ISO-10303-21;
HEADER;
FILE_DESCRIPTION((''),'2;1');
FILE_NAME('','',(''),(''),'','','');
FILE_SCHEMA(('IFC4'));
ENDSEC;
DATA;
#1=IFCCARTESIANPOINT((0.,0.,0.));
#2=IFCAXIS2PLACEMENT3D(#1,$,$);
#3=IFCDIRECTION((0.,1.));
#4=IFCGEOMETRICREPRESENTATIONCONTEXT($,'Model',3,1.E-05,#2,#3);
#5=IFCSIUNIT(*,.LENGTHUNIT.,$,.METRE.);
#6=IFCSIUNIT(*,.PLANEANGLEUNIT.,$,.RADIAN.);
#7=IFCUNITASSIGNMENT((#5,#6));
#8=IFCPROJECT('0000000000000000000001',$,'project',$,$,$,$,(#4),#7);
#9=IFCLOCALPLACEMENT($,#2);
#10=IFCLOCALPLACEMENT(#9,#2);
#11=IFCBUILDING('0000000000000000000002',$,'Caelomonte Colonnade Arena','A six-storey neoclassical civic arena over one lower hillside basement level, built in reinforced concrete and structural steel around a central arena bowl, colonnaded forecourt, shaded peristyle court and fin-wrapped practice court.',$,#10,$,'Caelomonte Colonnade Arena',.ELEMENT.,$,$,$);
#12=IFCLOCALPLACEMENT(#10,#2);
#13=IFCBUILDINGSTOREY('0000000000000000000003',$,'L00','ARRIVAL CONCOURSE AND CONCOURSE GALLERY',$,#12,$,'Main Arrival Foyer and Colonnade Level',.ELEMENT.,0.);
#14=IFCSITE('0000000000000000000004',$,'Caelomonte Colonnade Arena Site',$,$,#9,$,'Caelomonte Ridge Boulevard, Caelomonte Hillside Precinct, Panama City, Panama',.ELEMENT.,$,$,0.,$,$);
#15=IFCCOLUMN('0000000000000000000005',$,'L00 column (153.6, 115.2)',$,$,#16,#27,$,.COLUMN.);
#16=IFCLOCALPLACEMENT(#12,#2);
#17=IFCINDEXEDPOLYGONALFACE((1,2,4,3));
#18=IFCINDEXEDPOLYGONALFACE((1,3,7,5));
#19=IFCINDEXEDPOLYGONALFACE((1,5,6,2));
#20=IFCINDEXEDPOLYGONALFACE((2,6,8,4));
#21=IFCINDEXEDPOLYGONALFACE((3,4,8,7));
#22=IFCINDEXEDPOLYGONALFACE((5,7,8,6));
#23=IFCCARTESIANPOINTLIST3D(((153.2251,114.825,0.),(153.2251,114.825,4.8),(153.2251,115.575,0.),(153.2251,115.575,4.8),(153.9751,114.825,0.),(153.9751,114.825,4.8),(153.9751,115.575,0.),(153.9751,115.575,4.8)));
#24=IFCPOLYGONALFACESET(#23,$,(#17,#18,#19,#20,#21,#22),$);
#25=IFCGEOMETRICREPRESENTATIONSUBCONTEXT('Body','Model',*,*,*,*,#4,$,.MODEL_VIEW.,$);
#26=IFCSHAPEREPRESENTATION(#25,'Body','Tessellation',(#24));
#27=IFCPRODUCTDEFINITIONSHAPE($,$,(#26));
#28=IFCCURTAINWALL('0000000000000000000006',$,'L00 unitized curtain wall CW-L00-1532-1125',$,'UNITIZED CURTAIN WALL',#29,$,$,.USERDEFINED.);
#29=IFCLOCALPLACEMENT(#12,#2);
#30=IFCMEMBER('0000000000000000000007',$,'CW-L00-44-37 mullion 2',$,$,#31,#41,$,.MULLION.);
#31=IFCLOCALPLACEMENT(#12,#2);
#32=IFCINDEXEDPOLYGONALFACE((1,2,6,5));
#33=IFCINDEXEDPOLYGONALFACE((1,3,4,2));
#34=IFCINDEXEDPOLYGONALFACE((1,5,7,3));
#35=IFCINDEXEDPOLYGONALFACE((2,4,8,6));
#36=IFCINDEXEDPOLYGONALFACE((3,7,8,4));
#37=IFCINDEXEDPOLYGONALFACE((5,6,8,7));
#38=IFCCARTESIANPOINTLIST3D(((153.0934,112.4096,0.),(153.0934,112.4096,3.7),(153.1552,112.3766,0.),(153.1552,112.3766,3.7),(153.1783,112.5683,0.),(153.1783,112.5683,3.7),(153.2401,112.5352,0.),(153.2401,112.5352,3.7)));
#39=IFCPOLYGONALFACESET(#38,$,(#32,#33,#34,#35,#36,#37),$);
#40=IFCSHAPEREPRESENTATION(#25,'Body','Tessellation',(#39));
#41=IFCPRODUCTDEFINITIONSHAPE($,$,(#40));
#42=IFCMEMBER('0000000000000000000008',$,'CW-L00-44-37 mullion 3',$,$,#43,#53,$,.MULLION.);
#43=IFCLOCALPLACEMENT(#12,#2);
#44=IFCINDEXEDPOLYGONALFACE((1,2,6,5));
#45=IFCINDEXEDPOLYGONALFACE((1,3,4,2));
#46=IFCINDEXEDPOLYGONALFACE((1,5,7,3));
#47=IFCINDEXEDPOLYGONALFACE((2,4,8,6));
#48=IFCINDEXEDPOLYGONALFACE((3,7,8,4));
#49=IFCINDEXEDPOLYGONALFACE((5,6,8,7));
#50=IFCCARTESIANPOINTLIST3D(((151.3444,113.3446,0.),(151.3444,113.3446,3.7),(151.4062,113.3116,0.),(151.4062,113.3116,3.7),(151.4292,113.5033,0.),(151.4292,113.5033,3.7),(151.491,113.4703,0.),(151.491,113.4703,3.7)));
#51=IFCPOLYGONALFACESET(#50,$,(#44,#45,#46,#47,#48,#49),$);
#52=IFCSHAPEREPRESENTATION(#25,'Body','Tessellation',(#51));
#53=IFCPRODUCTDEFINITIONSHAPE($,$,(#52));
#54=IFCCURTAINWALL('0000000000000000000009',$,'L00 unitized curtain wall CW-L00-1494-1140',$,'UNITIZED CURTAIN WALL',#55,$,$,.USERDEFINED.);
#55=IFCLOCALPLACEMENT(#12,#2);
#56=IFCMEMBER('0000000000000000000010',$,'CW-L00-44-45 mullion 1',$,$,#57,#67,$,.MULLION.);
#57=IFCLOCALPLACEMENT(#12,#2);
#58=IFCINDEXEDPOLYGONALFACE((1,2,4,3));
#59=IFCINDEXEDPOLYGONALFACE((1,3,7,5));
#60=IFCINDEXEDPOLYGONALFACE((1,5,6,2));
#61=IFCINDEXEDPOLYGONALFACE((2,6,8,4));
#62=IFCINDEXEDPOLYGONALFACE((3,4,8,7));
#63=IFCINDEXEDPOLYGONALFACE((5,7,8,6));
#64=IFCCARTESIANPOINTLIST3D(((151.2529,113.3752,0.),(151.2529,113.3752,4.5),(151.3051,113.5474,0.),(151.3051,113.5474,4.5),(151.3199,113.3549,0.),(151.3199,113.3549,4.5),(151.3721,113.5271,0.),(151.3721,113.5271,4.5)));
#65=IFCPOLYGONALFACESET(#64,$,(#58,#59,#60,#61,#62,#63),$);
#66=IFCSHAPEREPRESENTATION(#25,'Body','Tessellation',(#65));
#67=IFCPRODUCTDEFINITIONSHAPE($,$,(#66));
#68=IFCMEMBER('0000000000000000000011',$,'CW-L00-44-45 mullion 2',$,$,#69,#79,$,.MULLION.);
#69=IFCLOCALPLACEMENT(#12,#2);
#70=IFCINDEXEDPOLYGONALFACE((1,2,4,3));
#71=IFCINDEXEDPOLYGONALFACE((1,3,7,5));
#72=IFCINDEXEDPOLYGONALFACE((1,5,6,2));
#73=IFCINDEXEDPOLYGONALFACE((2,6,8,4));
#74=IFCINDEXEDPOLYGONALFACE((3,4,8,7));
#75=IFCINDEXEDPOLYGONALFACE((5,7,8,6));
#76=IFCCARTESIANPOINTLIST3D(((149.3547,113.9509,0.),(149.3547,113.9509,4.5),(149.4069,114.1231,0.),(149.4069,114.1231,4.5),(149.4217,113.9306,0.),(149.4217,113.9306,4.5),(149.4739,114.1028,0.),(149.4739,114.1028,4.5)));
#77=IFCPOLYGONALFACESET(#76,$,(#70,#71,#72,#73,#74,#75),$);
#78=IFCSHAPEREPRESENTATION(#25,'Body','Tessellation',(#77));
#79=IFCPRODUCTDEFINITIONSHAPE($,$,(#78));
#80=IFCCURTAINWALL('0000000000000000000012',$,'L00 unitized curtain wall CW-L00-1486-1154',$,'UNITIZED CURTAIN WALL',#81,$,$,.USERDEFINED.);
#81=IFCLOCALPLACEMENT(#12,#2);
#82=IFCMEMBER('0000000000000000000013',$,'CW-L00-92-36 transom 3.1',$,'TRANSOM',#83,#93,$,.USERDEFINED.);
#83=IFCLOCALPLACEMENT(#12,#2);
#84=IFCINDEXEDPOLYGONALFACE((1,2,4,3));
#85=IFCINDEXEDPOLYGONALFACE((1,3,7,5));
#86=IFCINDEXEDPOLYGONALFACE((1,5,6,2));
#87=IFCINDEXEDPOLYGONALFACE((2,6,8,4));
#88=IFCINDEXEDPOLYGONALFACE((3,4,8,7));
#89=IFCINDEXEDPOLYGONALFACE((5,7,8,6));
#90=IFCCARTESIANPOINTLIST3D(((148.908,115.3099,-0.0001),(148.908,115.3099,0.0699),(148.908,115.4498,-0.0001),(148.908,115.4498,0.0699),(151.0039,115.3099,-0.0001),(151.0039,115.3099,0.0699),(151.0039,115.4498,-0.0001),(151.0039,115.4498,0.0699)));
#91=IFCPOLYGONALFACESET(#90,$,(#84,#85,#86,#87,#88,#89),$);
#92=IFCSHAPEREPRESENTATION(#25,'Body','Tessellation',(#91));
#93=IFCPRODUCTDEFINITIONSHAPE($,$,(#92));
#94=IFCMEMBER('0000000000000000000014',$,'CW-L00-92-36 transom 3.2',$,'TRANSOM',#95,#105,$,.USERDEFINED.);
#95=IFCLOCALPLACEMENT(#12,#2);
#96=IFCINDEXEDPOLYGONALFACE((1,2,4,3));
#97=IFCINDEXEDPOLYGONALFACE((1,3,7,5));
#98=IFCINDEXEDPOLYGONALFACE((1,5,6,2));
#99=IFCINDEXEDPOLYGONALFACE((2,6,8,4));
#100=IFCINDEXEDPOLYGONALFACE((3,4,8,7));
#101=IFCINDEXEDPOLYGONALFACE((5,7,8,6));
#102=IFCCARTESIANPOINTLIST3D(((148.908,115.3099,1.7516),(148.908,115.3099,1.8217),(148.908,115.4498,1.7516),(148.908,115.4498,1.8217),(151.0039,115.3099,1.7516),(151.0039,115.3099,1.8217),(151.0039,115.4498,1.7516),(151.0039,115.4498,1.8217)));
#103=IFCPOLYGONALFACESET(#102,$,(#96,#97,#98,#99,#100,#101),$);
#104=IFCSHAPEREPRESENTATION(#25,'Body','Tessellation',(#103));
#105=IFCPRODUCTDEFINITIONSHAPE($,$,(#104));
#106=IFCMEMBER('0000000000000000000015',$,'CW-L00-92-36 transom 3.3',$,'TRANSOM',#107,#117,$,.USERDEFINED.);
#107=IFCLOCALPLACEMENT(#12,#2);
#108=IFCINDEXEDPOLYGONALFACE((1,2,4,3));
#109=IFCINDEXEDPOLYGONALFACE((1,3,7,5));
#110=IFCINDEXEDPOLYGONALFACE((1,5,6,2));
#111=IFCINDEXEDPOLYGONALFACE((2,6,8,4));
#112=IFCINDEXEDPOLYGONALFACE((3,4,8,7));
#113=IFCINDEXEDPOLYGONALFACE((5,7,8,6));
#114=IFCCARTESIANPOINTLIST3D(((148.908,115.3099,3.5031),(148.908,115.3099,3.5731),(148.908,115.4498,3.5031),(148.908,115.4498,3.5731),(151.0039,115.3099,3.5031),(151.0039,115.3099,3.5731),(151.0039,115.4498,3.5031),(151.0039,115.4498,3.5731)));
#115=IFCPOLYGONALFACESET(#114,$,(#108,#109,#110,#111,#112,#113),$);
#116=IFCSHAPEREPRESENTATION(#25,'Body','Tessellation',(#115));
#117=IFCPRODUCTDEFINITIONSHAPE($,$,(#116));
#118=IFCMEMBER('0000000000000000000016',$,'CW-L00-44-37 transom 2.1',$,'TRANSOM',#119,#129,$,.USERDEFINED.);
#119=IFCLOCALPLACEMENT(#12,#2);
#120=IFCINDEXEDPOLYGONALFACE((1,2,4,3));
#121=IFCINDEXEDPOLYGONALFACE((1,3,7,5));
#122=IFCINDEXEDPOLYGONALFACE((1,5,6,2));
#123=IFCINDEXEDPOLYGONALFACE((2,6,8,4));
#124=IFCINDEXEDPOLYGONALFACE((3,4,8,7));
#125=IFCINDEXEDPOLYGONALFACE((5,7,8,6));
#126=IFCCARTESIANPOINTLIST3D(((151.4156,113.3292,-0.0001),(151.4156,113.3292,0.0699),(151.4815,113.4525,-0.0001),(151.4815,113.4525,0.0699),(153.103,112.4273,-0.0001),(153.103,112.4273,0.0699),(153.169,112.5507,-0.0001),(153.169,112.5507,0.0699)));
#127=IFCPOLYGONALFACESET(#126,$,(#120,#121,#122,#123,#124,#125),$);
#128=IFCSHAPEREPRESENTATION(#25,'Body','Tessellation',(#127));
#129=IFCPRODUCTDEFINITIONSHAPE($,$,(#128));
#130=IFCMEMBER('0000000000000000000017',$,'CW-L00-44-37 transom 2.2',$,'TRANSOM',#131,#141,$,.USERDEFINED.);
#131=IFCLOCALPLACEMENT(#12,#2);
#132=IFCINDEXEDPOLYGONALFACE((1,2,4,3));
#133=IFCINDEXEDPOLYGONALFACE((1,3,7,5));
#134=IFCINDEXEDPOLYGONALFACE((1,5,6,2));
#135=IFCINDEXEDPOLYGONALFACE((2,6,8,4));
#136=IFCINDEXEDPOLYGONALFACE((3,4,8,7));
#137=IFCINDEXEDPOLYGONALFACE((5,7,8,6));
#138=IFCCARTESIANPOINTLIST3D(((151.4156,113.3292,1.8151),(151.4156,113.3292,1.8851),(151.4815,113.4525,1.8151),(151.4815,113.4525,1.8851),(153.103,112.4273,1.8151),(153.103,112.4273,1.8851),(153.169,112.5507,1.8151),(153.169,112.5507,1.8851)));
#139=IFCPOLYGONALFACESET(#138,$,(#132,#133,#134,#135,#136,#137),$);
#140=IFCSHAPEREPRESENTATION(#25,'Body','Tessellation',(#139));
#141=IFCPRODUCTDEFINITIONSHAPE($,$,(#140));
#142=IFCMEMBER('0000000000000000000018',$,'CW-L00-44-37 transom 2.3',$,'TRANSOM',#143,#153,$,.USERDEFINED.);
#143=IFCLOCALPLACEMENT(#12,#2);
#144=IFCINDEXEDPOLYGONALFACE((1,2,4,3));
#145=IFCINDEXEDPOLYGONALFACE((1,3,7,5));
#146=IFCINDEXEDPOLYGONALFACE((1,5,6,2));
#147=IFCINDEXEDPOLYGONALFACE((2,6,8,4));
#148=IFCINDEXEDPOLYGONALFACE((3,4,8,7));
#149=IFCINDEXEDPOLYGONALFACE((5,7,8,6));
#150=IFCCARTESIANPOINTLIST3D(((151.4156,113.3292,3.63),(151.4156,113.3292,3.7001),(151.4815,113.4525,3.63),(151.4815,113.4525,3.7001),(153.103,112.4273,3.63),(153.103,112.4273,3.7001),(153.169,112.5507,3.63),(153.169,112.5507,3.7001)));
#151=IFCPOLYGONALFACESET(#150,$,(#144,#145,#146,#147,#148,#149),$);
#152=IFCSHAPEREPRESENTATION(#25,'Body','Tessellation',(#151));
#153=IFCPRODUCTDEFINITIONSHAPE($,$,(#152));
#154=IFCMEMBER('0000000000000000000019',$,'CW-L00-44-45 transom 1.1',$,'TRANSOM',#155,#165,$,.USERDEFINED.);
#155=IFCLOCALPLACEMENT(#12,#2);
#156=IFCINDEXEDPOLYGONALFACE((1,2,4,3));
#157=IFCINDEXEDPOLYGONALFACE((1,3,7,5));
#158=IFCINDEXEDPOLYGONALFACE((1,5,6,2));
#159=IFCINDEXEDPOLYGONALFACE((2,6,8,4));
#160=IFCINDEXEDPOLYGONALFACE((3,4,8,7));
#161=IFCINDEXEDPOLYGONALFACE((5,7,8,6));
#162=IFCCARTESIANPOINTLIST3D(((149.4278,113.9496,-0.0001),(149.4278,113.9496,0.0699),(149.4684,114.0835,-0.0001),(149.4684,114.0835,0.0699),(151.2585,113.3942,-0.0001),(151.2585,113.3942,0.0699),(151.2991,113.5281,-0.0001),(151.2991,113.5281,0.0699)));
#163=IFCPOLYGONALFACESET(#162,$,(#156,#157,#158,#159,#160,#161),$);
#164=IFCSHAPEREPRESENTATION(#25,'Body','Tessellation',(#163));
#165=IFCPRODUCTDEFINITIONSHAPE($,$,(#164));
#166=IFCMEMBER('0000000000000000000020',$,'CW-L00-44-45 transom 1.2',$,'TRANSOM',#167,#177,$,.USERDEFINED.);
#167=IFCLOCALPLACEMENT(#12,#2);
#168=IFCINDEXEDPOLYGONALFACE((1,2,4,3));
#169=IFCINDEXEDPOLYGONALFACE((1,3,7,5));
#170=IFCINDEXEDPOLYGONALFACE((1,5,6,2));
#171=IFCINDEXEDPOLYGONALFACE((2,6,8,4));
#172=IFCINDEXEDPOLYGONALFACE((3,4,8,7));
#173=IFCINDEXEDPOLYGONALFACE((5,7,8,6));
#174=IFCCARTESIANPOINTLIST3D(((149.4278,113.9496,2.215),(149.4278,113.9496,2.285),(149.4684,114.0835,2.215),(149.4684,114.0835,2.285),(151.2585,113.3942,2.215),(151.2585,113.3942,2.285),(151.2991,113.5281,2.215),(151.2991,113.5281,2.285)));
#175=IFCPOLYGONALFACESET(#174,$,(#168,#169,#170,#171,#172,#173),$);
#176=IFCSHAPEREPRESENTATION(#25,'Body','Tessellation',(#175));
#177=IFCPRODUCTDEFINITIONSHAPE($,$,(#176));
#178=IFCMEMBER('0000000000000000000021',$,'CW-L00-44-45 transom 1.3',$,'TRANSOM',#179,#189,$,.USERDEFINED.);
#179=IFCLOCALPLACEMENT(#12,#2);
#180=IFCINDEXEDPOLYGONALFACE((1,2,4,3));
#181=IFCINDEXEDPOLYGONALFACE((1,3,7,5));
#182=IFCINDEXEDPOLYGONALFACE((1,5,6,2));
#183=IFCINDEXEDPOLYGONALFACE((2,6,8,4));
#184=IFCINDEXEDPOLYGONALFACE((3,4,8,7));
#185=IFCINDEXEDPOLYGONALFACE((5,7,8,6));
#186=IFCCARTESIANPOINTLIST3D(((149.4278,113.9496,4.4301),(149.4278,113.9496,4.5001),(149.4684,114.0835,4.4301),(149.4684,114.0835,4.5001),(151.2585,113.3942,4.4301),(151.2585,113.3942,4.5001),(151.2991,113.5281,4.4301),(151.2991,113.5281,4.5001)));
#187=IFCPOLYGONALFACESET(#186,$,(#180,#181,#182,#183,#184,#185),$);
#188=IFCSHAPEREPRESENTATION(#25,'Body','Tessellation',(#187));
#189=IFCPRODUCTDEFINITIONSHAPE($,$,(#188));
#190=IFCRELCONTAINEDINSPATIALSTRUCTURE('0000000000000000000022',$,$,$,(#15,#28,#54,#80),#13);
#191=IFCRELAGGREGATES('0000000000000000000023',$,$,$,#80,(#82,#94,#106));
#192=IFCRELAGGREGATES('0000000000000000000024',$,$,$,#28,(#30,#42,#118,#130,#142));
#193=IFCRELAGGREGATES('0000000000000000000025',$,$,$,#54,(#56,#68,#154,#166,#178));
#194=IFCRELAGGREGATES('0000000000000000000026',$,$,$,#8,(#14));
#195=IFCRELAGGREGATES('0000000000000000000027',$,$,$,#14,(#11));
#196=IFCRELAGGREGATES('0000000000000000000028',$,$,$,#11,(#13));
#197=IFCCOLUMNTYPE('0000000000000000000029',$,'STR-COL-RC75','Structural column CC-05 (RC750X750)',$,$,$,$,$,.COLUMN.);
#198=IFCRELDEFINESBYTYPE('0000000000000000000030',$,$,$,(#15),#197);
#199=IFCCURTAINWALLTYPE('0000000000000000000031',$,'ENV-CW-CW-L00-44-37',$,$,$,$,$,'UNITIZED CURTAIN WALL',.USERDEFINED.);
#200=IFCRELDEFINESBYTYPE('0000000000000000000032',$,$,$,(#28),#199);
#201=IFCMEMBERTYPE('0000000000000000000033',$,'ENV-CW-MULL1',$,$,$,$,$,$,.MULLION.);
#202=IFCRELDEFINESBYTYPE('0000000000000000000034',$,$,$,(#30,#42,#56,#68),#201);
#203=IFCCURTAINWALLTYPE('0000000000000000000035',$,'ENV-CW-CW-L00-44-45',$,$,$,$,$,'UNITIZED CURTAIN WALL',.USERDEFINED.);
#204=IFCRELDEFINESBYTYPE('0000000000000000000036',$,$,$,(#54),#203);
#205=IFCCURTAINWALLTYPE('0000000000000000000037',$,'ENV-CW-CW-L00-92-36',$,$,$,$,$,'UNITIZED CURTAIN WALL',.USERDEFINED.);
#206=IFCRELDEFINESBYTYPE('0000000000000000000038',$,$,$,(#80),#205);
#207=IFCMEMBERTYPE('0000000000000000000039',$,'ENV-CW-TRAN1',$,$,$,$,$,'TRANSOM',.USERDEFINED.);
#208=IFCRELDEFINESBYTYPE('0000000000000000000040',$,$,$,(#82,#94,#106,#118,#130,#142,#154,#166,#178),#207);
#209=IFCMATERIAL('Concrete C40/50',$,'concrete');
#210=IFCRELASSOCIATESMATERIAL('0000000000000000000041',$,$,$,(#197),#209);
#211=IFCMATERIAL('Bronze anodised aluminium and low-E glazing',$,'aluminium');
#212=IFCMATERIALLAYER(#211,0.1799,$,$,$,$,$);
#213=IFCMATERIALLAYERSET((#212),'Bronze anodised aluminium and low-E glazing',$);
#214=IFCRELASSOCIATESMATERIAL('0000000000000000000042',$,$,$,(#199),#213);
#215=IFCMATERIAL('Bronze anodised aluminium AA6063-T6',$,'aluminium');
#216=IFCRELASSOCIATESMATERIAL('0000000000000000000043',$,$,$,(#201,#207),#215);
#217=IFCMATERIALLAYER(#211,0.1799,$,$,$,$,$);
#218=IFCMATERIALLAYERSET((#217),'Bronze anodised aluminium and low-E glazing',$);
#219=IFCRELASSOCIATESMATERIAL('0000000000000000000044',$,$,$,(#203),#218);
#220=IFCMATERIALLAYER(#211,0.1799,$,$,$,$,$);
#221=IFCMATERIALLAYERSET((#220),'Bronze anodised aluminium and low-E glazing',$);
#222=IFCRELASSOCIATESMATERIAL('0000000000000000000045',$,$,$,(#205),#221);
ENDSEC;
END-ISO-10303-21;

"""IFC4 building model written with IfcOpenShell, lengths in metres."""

from ifc_helpers import new_model, si_unit, direction, frame, origin, origin_2d, place, context, subcontext, project, spatial, rectangle, extrude, material, layer, layer_set, material_profile, profile_set, type_object, element, aggregate, save


model = new_model("IFC4")

# Units and contexts
model_context = context("Model", 3, precision=1e-05, world=origin(), true_north=direction((0.0, 1.0)))
body_context = subcontext(model_context, "Body", "Model", "MODEL_VIEW")
ifc_project = project(units=[si_unit("LENGTHUNIT", "METRE"), si_unit("PLANEANGLEUNIT", "RADIAN")], contexts=[model_context])

# Site, building, storey
site_placement = place(None, origin())
site = spatial("IfcSite", under=ifc_project, at=site_placement, Name="Caelomonte Colonnade Arena Site", LongName="Caelomonte Ridge Boulevard, Caelomonte Hillside Precinct, Panama City, Panama", CompositionType="ELEMENT", RefElevation=0.0)
building_placement = place(site_placement, origin())
building = spatial("IfcBuilding", under=site, at=building_placement, Name="Caelomonte Colonnade Arena", Description="A six-storey neoclassical civic arena over one lower hillside basement level, built in reinforced concrete and structural steel around a central arena bowl, colonnaded forecourt, shaded peristyle court and fin-wrapped practice court.", LongName="Caelomonte Colonnade Arena", CompositionType="ELEMENT")
storey_placement = place(building_placement, origin())
storey = spatial("IfcBuildingStorey", under=building, at=storey_placement, Name="L00", Description="ARRIVAL CONCOURSE AND CONCOURSE GALLERY", LongName="Main Arrival Foyer and Colonnade Level", CompositionType="ELEMENT", Elevation=0.0)

# Column
ifc_material_1 = material(Name="Concrete C40/50", Category="concrete")
ifc_material_profile_1 = material_profile(ifc_material_1, rectangle(XDim=0.75, YDim=0.75, at=origin_2d()), Name="RC750X750")
ifc_profile_set_1 = profile_set([ifc_material_profile_1], Name="Concrete C40/50")
column_type = type_object("IfcColumnType", Name="STR-COL-RC75", Description="Structural column CC-05 (RC750X750)", PredefinedType="COLUMN", material=ifc_profile_set_1)
column_placement = place(storey_placement, frame((153.6001, 115.2, 0.0), z_axis=(0.0, 0.0, 1.0), x_axis=(1.0, 0.0, 0.0)))
element("IfcColumn", 1, at=column_placement, inside=storey, type_object=column_type, Name="L00 column (153.6, 115.2)", PredefinedType="COLUMN", context=body_context, shape_type="SweptSolid", body=[
    extrude(rectangle(XDim=0.75, YDim=0.75, at=origin_2d()), origin(), (0.0, 0.0, 1.0), 4.8),
])

# Curtain walls, members
ifc_material_2 = material(Name="Bronze anodised aluminium and low-E glazing", Category="aluminium")
ifc_layer_1 = layer(ifc_material_2, 0.1799)
ifc_layer_set_1 = layer_set([ifc_layer_1], Name="Bronze anodised aluminium and low-E glazing")
curtain_wall_type_1 = type_object("IfcCurtainWallType", Name="ENV-CW-CW-L00-44-37", ElementType="UNITIZED CURTAIN WALL", PredefinedType="USERDEFINED", material=ifc_layer_set_1)
curtain_wall_1_placement = place(storey_placement, origin())
curtain_wall_1 = element("IfcCurtainWall", 2, at=curtain_wall_1_placement, inside=storey, type_object=curtain_wall_type_1, Name="L00 unitized curtain wall CW-L00-1532-1125", ObjectType="UNITIZED CURTAIN WALL", PredefinedType="USERDEFINED")
ifc_material_3 = material(Name="Bronze anodised aluminium AA6063-T6", Category="aluminium")
ifc_material_profile_2 = material_profile(ifc_material_3, rectangle(XDim=0.0701, YDim=0.1799, at=origin_2d()), Name="CWM-70X180")
ifc_profile_set_2 = profile_set([ifc_material_profile_2], Name="Bronze anodised aluminium AA6063-T6")
member_type_1 = type_object("IfcMemberType", Name="ENV-CW-MULL1", PredefinedType="MULLION", material=ifc_profile_set_2)
member_1_placement = place(storey_placement, frame((153.1667, 112.4724, 0.0), z_axis=(0.0, 0.0, 1.0), x_axis=(-0.881923, 0.471394, 0.0)))
member_1 = element("IfcMember", 3, at=member_1_placement, type_object=member_type_1, Name="CW-L00-44-37 mullion 2", PredefinedType="MULLION", context=body_context, shape_type="SweptSolid", body=[
    extrude(rectangle(XDim=0.0701, YDim=0.1799, at=origin_2d()), origin(), (0.0, 0.0, 1.0), 3.7),
])
member_2_placement = place(storey_placement, frame((151.4177, 113.4075, 0.0), z_axis=(0.0, 0.0, 1.0), x_axis=(-0.881923, 0.471394, 0.0)))
member_2 = element("IfcMember", 4, at=member_2_placement, type_object=member_type_1, Name="CW-L00-44-37 mullion 3", PredefinedType="MULLION", context=body_context, shape_type="SweptSolid", body=[
    extrude(rectangle(XDim=0.0701, YDim=0.1799, at=origin_2d()), origin(), (0.0, 0.0, 1.0), 3.7),
])
ifc_layer_2 = layer(ifc_material_2, 0.1799)
ifc_layer_set_2 = layer_set([ifc_layer_2], Name="Bronze anodised aluminium and low-E glazing")
curtain_wall_type_2 = type_object("IfcCurtainWallType", Name="ENV-CW-CW-L00-44-45", ElementType="UNITIZED CURTAIN WALL", PredefinedType="USERDEFINED", material=ifc_layer_set_2)
curtain_wall_2_placement = place(storey_placement, origin())
curtain_wall_2 = element("IfcCurtainWall", 5, at=curtain_wall_2_placement, inside=storey, type_object=curtain_wall_type_2, Name="L00 unitized curtain wall CW-L00-1494-1140", ObjectType="UNITIZED CURTAIN WALL", PredefinedType="USERDEFINED")
member_3_placement = place(storey_placement, frame((151.3125, 113.4512, 0.0), z_axis=(0.0, 0.0, 1.0), x_axis=(-0.956949, 0.290256, 0.0)))
member_3 = element("IfcMember", 6, at=member_3_placement, type_object=member_type_1, Name="CW-L00-44-45 mullion 1", PredefinedType="MULLION", context=body_context, shape_type="SweptSolid", body=[
    extrude(rectangle(XDim=0.0701, YDim=0.1799, at=origin_2d()), origin(), (0.0, 0.0, 1.0), 4.5),
])
member_4_placement = place(storey_placement, frame((149.4143, 114.0269, 0.0), z_axis=(0.0, 0.0, 1.0), x_axis=(-0.956949, 0.290256, 0.0)))
member_4 = element("IfcMember", 7, at=member_4_placement, type_object=member_type_1, Name="CW-L00-44-45 mullion 2", PredefinedType="MULLION", context=body_context, shape_type="SweptSolid", body=[
    extrude(rectangle(XDim=0.0701, YDim=0.1799, at=origin_2d()), origin(), (0.0, 0.0, 1.0), 4.5),
])
ifc_layer_3 = layer(ifc_material_2, 0.1799)
ifc_layer_set_3 = layer_set([ifc_layer_3], Name="Bronze anodised aluminium and low-E glazing")
curtain_wall_type_3 = type_object("IfcCurtainWallType", Name="ENV-CW-CW-L00-92-36", ElementType="UNITIZED CURTAIN WALL", PredefinedType="USERDEFINED", material=ifc_layer_set_3)
curtain_wall_3_placement = place(storey_placement, origin())
curtain_wall_3 = element("IfcCurtainWall", 8, at=curtain_wall_3_placement, inside=storey, type_object=curtain_wall_type_3, Name="L00 unitized curtain wall CW-L00-1486-1154", ObjectType="UNITIZED CURTAIN WALL", PredefinedType="USERDEFINED")
ifc_material_profile_3 = material_profile(ifc_material_3, rectangle(XDim=0.0701, YDim=0.1399, at=origin_2d()), Name="CWT-70X140")
ifc_profile_set_3 = profile_set([ifc_material_profile_3], Name="Bronze anodised aluminium AA6063-T6")
member_type_2 = type_object("IfcMemberType", Name="ENV-CW-TRAN1", ElementType="TRANSOM", PredefinedType="USERDEFINED", material=ifc_profile_set_3)
member_5_placement = place(storey_placement, frame((148.908, 115.3799, 0.0349), z_axis=(1.0, 0.0, 0.0), x_axis=(0.0, 0.0, 1.0)))
member_5 = element("IfcMember", 9, at=member_5_placement, type_object=member_type_2, Name="CW-L00-92-36 transom 3.1", ObjectType="TRANSOM", PredefinedType="USERDEFINED", context=body_context, shape_type="SweptSolid", body=[
    extrude(rectangle(XDim=0.0701, YDim=0.1399, at=origin_2d()), origin(), (0.0, 0.0, 1.0), 2.0959),
])
member_6_placement = place(storey_placement, frame((148.908, 115.3799, 1.7866), z_axis=(1.0, 0.0, 0.0), x_axis=(0.0, 0.0, 1.0)))
member_6 = element("IfcMember", 10, at=member_6_placement, type_object=member_type_2, Name="CW-L00-92-36 transom 3.2", ObjectType="TRANSOM", PredefinedType="USERDEFINED", context=body_context, shape_type="SweptSolid", body=[
    extrude(rectangle(XDim=0.0701, YDim=0.1399, at=origin_2d()), origin(), (0.0, 0.0, 1.0), 2.0959),
])
member_7_placement = place(storey_placement, frame((148.908, 115.3799, 3.5381), z_axis=(1.0, 0.0, 0.0), x_axis=(0.0, 0.0, 1.0)))
member_7 = element("IfcMember", 11, at=member_7_placement, type_object=member_type_2, Name="CW-L00-92-36 transom 3.3", ObjectType="TRANSOM", PredefinedType="USERDEFINED", context=body_context, shape_type="SweptSolid", body=[
    extrude(rectangle(XDim=0.0701, YDim=0.1399, at=origin_2d()), origin(), (0.0, 0.0, 1.0), 2.0959),
])

# Members
member_8_placement = place(storey_placement, frame((153.136, 112.489, 0.0349), z_axis=(-0.88195, 0.471343, 0.0), x_axis=(0.0, 0.0, 1.0)))
member_8 = element("IfcMember", 12, at=member_8_placement, type_object=member_type_2, Name="CW-L00-44-37 transom 2.1", ObjectType="TRANSOM", PredefinedType="USERDEFINED", context=body_context, shape_type="SweptSolid", body=[
    extrude(rectangle(XDim=0.0701, YDim=0.1399, at=origin_2d()), origin(), (0.0, 0.0, 1.0), 1.9133),
])
member_9_placement = place(storey_placement, frame((153.136, 112.489, 1.8501), z_axis=(-0.88195, 0.471343, 0.0), x_axis=(0.0, 0.0, 1.0)))
member_9 = element("IfcMember", 13, at=member_9_placement, type_object=member_type_2, Name="CW-L00-44-37 transom 2.2", ObjectType="TRANSOM", PredefinedType="USERDEFINED", context=body_context, shape_type="SweptSolid", body=[
    extrude(rectangle(XDim=0.0701, YDim=0.1399, at=origin_2d()), origin(), (0.0, 0.0, 1.0), 1.9133),
])
member_10_placement = place(storey_placement, frame((153.136, 112.489, 3.665), z_axis=(-0.88195, 0.471343, 0.0), x_axis=(0.0, 0.0, 1.0)))
member_10 = element("IfcMember", 14, at=member_10_placement, type_object=member_type_2, Name="CW-L00-44-37 transom 2.3", ObjectType="TRANSOM", PredefinedType="USERDEFINED", context=body_context, shape_type="SweptSolid", body=[
    extrude(rectangle(XDim=0.0701, YDim=0.1399, at=origin_2d()), origin(), (0.0, 0.0, 1.0), 1.9133),
])
member_11_placement = place(storey_placement, frame((151.2788, 113.4612, 0.0349), z_axis=(-0.956933, 0.290308, 0.0), x_axis=(0.0, 0.0, 1.0)))
member_11 = element("IfcMember", 15, at=member_11_placement, type_object=member_type_2, Name="CW-L00-44-45 transom 1.1", ObjectType="TRANSOM", PredefinedType="USERDEFINED", context=body_context, shape_type="SweptSolid", body=[
    extrude(rectangle(XDim=0.0701, YDim=0.1399, at=origin_2d()), origin(), (0.0, 0.0, 1.0), 1.9131),
])
member_12_placement = place(storey_placement, frame((151.2788, 113.4612, 2.25), z_axis=(-0.956933, 0.290308, 0.0), x_axis=(0.0, 0.0, 1.0)))
member_12 = element("IfcMember", 16, at=member_12_placement, type_object=member_type_2, Name="CW-L00-44-45 transom 1.2", ObjectType="TRANSOM", PredefinedType="USERDEFINED", context=body_context, shape_type="SweptSolid", body=[
    extrude(rectangle(XDim=0.0701, YDim=0.1399, at=origin_2d()), origin(), (0.0, 0.0, 1.0), 1.9131),
])
member_13_placement = place(storey_placement, frame((151.2788, 113.4612, 4.4651), z_axis=(-0.956933, 0.290308, 0.0), x_axis=(0.0, 0.0, 1.0)))
member_13 = element("IfcMember", 17, at=member_13_placement, type_object=member_type_2, Name="CW-L00-44-45 transom 1.3", ObjectType="TRANSOM", PredefinedType="USERDEFINED", context=body_context, shape_type="SweptSolid", body=[
    extrude(rectangle(XDim=0.0701, YDim=0.1399, at=origin_2d()), origin(), (0.0, 0.0, 1.0), 1.9131),
])

aggregate(curtain_wall_3, [member_5, member_6, member_7])
aggregate(curtain_wall_1, [member_1, member_2, member_8, member_9, member_10])
aggregate(curtain_wall_2, [member_3, member_4, member_11, member_12, member_13])

save(model, "model.ifc")
